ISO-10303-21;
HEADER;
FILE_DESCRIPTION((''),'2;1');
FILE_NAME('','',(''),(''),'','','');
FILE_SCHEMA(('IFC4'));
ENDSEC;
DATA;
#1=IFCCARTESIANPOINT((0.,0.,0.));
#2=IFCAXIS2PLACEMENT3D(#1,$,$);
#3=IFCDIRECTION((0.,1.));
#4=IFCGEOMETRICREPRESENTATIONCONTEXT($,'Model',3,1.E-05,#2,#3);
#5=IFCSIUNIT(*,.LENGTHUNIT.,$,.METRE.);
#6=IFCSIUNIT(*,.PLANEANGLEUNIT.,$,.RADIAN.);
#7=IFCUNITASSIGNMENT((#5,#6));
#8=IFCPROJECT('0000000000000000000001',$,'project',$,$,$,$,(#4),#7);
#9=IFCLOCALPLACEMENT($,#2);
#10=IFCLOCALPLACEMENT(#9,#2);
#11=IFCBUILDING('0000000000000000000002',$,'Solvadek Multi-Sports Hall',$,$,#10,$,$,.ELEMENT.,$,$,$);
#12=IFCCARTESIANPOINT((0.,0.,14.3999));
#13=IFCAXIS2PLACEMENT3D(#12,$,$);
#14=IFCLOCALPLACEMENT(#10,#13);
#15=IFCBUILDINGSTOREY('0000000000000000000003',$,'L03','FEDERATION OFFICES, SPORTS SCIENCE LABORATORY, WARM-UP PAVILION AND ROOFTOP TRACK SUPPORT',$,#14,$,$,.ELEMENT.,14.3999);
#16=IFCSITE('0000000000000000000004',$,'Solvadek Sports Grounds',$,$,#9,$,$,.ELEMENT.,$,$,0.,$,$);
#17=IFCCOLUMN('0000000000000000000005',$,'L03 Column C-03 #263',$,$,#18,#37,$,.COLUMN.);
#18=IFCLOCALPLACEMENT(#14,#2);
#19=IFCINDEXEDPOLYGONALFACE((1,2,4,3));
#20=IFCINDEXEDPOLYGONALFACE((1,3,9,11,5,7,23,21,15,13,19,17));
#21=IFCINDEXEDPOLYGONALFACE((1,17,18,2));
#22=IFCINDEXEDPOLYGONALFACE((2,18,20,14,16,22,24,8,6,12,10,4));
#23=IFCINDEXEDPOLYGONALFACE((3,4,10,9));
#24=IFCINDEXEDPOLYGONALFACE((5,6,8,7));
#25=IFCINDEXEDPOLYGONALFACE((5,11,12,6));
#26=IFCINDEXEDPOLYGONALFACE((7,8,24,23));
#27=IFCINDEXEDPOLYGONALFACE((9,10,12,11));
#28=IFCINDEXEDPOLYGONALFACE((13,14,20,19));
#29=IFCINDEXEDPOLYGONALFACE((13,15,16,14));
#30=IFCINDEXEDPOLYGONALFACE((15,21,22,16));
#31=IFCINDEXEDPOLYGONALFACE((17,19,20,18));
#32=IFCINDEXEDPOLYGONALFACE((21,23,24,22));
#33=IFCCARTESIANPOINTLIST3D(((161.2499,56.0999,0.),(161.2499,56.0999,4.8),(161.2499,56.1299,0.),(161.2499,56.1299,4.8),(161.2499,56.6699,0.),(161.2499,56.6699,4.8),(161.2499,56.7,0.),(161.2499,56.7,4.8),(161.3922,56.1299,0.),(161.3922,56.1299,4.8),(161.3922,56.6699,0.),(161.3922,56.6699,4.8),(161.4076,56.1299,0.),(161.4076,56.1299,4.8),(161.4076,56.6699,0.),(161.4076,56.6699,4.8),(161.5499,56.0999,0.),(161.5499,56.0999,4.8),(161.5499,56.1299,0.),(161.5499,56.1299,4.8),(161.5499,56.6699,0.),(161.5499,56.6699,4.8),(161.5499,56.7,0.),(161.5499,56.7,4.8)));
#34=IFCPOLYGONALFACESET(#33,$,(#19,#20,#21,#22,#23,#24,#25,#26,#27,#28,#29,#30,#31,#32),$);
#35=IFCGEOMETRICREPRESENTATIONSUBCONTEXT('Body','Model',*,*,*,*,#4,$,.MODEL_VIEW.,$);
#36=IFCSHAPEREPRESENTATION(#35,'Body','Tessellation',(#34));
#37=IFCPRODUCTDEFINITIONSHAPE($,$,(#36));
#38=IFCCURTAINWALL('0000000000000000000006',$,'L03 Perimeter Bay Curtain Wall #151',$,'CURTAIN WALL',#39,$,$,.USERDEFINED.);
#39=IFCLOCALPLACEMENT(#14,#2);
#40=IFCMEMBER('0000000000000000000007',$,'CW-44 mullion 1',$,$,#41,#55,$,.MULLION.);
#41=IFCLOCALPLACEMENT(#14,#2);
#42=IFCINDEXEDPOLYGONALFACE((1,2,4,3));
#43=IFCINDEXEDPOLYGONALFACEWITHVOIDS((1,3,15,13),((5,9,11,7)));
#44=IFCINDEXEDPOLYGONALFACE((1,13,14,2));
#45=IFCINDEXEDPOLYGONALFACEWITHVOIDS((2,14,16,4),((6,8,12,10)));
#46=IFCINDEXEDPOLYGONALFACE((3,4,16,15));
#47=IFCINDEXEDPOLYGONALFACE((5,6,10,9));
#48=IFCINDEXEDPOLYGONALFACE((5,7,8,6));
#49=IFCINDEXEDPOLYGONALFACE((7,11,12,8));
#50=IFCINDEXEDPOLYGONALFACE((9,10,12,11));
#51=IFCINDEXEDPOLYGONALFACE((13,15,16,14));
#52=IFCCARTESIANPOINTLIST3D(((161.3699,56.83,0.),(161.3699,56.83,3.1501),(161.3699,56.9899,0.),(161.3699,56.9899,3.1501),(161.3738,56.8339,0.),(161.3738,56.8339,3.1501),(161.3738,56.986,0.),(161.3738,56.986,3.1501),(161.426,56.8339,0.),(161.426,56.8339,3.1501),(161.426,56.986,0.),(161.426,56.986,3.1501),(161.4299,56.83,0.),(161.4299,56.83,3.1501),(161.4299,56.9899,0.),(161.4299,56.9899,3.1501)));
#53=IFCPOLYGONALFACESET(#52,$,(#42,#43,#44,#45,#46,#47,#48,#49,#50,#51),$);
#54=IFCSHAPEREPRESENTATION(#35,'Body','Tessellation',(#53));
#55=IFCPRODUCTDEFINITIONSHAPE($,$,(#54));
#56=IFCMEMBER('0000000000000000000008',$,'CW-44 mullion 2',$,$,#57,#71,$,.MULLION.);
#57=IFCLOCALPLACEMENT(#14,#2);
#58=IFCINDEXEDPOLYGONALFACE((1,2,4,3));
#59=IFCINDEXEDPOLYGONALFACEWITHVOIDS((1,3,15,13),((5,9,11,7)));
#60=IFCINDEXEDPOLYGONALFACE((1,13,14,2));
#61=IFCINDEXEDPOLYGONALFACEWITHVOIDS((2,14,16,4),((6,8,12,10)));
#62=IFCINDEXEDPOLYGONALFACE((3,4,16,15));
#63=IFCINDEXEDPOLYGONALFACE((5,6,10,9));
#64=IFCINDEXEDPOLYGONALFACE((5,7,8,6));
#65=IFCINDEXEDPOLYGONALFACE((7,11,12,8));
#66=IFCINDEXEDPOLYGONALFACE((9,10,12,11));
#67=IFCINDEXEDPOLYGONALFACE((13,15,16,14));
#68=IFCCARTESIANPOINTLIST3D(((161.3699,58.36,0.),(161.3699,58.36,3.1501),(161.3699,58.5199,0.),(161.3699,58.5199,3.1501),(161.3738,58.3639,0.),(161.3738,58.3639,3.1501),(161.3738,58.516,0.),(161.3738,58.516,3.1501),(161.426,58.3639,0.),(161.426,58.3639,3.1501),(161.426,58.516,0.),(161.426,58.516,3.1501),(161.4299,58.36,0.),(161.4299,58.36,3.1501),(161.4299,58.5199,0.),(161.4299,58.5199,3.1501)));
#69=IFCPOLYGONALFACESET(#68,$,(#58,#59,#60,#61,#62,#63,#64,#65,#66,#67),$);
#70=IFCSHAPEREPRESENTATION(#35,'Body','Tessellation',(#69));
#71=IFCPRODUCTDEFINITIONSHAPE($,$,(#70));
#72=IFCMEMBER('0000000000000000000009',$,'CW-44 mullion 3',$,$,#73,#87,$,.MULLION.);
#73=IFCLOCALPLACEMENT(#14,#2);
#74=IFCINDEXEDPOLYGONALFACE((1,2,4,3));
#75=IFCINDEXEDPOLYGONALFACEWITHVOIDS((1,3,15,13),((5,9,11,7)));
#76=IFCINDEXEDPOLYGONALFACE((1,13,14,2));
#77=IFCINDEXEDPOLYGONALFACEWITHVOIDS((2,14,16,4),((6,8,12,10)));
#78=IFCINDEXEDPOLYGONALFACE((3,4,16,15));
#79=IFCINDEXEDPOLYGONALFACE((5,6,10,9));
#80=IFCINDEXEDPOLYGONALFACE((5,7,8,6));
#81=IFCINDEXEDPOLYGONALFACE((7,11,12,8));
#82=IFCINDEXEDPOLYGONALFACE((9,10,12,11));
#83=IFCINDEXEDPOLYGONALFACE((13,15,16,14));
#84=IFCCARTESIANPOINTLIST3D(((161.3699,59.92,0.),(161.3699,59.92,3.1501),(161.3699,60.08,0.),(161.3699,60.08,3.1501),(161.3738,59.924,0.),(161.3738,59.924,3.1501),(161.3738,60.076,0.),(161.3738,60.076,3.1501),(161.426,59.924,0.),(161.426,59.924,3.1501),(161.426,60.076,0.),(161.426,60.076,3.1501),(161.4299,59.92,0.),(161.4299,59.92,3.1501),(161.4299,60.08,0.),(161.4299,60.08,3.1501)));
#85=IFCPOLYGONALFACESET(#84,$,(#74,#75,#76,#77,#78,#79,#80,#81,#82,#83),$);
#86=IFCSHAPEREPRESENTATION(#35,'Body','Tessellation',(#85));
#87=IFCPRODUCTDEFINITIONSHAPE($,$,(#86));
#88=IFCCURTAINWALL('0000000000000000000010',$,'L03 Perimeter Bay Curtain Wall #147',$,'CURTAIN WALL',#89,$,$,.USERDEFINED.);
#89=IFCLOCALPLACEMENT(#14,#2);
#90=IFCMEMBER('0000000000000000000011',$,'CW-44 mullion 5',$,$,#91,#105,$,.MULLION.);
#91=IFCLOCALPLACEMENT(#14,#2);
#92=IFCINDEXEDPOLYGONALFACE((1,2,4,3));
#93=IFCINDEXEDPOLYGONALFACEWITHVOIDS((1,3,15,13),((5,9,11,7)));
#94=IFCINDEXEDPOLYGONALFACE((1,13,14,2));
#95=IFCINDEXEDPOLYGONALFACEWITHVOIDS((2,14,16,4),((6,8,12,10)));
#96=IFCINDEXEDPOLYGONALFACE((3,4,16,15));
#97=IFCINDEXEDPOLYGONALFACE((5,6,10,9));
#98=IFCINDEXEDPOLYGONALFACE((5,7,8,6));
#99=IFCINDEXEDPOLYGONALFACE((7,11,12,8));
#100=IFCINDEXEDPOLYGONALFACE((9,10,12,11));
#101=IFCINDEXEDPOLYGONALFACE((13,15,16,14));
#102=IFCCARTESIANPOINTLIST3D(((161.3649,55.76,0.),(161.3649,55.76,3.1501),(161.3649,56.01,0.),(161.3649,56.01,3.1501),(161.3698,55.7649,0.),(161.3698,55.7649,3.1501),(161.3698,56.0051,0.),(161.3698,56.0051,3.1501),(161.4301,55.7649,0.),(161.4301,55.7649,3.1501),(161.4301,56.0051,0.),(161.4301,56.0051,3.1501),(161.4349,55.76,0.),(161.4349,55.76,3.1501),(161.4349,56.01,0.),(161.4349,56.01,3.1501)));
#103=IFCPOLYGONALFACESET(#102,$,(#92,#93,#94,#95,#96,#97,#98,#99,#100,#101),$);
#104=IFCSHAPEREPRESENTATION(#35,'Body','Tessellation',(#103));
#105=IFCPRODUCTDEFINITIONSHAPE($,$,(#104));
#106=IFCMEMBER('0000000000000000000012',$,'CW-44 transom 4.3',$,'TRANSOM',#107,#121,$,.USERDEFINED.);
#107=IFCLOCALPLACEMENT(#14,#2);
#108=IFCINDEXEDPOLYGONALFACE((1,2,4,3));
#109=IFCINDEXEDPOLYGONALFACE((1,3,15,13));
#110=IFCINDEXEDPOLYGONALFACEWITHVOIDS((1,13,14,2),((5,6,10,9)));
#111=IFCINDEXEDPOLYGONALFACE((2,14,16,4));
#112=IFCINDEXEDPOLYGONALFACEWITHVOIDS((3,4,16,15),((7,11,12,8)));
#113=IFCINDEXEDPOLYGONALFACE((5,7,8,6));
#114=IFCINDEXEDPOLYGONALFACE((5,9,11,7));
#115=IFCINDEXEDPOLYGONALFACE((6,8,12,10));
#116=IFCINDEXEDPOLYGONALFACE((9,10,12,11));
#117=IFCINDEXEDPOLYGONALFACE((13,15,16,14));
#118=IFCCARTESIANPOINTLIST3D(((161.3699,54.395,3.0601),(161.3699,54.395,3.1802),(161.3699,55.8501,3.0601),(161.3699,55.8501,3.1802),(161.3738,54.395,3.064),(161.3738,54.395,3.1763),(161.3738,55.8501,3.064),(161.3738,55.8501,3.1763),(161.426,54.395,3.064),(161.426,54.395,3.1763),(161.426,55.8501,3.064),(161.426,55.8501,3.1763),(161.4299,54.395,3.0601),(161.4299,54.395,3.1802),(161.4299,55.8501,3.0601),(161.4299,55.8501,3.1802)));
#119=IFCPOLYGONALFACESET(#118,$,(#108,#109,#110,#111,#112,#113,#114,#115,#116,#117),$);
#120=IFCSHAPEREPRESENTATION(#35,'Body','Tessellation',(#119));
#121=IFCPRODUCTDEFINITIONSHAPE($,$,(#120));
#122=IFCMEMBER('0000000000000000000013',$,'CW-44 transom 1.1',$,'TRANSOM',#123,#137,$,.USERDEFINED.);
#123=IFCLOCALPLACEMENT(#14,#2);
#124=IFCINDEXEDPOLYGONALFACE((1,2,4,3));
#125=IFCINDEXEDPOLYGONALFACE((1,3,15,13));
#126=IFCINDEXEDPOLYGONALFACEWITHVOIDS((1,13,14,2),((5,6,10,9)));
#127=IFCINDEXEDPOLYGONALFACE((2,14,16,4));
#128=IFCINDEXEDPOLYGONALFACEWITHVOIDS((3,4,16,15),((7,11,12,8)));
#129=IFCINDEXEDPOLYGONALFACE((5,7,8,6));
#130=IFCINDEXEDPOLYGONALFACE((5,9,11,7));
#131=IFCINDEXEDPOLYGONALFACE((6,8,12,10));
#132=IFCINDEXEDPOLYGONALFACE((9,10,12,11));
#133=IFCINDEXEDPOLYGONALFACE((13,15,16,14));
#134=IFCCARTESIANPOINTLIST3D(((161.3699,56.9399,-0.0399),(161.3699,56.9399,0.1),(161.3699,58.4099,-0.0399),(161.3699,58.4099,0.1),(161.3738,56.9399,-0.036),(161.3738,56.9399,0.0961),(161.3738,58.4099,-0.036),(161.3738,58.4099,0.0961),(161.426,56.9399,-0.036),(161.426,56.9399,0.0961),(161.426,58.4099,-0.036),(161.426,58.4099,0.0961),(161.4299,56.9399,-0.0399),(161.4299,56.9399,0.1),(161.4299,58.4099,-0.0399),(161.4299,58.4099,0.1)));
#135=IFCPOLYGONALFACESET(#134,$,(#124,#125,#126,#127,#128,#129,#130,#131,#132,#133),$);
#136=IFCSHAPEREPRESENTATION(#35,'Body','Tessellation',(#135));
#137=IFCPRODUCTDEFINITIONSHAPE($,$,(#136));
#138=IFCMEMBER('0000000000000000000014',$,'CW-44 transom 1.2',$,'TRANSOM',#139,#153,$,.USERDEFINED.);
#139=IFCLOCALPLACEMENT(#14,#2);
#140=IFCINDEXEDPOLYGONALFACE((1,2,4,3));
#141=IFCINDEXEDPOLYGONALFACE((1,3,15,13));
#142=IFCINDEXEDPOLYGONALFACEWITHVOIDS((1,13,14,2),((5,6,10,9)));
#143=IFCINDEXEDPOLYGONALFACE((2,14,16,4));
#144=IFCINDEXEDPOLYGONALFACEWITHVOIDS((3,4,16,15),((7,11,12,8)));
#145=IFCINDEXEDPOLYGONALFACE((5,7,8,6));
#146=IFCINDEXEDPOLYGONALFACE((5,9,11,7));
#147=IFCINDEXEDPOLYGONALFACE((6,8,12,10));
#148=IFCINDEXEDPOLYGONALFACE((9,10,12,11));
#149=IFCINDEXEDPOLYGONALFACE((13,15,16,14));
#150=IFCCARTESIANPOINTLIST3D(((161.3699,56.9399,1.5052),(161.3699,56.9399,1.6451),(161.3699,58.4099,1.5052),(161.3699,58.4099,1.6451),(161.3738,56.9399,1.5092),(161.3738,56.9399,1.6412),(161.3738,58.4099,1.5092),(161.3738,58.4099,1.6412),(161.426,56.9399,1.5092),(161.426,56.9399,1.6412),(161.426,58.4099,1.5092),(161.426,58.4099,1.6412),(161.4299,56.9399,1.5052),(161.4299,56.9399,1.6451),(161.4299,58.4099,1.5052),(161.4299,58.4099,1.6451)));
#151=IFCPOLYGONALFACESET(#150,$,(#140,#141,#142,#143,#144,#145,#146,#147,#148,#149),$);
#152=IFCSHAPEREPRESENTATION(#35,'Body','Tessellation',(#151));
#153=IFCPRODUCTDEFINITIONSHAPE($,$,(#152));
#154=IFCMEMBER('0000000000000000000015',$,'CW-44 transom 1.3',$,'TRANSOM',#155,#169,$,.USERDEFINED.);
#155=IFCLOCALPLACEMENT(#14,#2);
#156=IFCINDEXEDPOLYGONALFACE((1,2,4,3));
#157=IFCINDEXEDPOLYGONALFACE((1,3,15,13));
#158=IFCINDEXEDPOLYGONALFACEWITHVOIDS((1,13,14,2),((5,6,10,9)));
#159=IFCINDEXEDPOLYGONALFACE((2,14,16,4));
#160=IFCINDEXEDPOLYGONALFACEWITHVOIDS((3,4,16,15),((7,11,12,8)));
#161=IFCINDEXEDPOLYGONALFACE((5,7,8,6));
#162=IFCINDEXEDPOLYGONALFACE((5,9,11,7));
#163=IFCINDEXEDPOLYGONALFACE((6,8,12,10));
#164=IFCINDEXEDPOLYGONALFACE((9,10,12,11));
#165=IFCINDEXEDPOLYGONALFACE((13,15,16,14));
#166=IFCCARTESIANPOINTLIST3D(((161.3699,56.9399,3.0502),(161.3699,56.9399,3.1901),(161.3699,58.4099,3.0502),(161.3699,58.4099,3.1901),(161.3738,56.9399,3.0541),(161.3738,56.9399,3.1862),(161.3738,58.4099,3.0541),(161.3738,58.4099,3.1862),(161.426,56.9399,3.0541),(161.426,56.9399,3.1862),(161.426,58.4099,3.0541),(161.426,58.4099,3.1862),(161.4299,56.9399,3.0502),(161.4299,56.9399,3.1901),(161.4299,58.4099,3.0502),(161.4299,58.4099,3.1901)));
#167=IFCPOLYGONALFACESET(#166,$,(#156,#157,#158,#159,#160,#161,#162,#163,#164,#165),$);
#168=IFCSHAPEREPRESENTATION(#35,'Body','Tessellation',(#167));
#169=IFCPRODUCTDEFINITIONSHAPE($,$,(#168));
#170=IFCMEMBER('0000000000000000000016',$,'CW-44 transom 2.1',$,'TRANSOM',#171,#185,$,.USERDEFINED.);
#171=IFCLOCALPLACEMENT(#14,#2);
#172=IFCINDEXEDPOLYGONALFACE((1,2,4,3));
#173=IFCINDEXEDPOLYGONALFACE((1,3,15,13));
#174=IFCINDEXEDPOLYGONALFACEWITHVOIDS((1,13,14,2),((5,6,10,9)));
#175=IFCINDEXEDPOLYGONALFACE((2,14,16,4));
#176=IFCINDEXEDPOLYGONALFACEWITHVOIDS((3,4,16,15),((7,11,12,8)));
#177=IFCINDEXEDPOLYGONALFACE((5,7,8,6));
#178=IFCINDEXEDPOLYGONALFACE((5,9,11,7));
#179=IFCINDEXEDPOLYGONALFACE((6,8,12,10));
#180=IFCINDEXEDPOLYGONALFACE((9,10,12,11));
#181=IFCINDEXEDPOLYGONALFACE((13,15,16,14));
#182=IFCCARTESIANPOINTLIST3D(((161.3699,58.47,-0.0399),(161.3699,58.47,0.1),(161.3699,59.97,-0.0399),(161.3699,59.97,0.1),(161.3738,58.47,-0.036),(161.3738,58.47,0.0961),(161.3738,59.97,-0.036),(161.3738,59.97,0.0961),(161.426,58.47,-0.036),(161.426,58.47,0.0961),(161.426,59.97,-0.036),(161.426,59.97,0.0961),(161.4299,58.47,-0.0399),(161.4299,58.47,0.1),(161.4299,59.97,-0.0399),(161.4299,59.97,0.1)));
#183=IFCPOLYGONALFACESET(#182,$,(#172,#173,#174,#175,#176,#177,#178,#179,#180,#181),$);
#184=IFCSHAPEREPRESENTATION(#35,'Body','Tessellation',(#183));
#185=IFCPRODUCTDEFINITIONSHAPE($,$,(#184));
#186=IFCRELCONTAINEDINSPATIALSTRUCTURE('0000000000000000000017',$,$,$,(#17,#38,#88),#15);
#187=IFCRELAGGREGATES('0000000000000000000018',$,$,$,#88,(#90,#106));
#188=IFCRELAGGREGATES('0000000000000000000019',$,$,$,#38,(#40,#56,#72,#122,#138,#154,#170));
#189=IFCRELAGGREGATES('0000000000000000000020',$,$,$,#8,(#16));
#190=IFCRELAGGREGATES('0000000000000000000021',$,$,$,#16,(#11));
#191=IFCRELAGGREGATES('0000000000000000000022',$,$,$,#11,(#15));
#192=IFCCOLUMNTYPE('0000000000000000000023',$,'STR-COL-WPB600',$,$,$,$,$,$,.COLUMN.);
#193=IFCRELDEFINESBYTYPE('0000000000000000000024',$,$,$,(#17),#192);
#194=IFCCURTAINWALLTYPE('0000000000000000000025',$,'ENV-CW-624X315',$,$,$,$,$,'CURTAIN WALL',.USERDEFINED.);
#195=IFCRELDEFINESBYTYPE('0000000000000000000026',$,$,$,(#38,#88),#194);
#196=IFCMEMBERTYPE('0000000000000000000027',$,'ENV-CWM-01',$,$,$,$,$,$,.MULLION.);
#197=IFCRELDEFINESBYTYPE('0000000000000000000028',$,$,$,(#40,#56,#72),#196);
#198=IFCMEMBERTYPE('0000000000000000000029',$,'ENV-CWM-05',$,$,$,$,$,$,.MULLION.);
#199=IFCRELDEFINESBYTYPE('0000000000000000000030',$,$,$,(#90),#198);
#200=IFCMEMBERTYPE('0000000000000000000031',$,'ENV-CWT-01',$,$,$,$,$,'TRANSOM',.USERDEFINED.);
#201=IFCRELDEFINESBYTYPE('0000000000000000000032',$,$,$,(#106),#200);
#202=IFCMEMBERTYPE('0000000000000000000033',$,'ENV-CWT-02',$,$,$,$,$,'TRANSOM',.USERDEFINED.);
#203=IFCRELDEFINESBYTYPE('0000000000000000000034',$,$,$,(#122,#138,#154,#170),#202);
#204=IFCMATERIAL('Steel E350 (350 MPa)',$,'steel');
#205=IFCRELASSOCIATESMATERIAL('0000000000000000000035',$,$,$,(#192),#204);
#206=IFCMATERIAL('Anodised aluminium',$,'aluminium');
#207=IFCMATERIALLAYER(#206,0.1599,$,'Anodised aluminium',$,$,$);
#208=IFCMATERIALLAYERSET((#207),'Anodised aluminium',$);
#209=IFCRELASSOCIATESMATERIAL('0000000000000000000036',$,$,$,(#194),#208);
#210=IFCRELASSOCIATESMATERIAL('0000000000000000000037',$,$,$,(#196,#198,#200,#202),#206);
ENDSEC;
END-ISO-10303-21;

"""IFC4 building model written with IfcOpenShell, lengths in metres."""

from ifc_helpers import new_model, si_unit, direction, frame, origin, origin_2d, place, context, subcontext, project, spatial, hollow_rectangle, i_section, extrude, material, layer, layer_set, material_profile, profile_set, type_object, element, aggregate, save


model = new_model("IFC4")

# Units and contexts
model_context = context("Model", 3, precision=1e-05, world=origin(), true_north=direction((0.0, 1.0)))
body_context = subcontext(model_context, "Body", "Model", "MODEL_VIEW")
ifc_project = project(units=[si_unit("LENGTHUNIT", "METRE"), si_unit("PLANEANGLEUNIT", "RADIAN")], contexts=[model_context])

# Site, building, storey
site_placement = place(None, origin())
site = spatial("IfcSite", under=ifc_project, at=site_placement, Name="Solvadek Sports Grounds", CompositionType="ELEMENT", RefElevation=0.0)
building_placement = place(site_placement, origin())
building = spatial("IfcBuilding", under=site, at=building_placement, Name="Solvadek Multi-Sports Hall", CompositionType="ELEMENT")
storey_placement = place(building_placement, frame((0.0, 0.0, 14.3999)))
storey = spatial("IfcBuildingStorey", under=building, at=storey_placement, Name="L03", Description="FEDERATION OFFICES, SPORTS SCIENCE LABORATORY, WARM-UP PAVILION AND ROOFTOP TRACK SUPPORT", CompositionType="ELEMENT", Elevation=14.3999)

# Column
ifc_material_1 = material(Name="Steel E350 (350 MPa)", Category="steel")
ifc_material_profile_1 = material_profile(ifc_material_1, i_section(OverallWidth=0.3, OverallDepth=0.6001, WebThickness=0.0154, FlangeThickness=0.03, at=origin_2d()), Name="WPB 600")
ifc_profile_set_1 = profile_set([ifc_material_profile_1], Name="Steel E350 (350 MPa)")
column_type = type_object("IfcColumnType", Name="STR-COL-WPB600", PredefinedType="COLUMN", material=ifc_profile_set_1)
column_placement = place(storey_placement, frame((161.3999, 56.3999, 0.0), z_axis=(0.0, 0.0, 1.0), x_axis=(1.0, 0.0, 0.0)))
element("IfcColumn", 1, at=column_placement, inside=storey, type_object=column_type, Name="L03 Column C-03 #263", PredefinedType="COLUMN", context=body_context, shape_type="SweptSolid", body=[
    extrude(i_section(OverallWidth=0.3, OverallDepth=0.6001, WebThickness=0.0154, FlangeThickness=0.03, at=origin_2d()), origin(), (0.0, 0.0, 1.0), 4.8),
])

# Curtain walls, members
ifc_material_2 = material(Name="Anodised aluminium", Category="aluminium")
ifc_layer_1 = layer(ifc_material_2, 0.1599, Name="Anodised aluminium")
ifc_layer_set_1 = layer_set([ifc_layer_1], Name="Anodised aluminium")
curtain_wall_type = type_object("IfcCurtainWallType", Name="ENV-CW-624X315", ElementType="CURTAIN WALL", PredefinedType="USERDEFINED", material=ifc_layer_set_1)
curtain_wall_1_placement = place(storey_placement, origin())
curtain_wall_1 = element("IfcCurtainWall", 2, at=curtain_wall_1_placement, inside=storey, type_object=curtain_wall_type, Name="L03 Perimeter Bay Curtain Wall #151", ObjectType="CURTAIN WALL", PredefinedType="USERDEFINED")
ifc_material_profile_2 = material_profile(ifc_material_2, hollow_rectangle(XDim=0.0601, YDim=0.1599, WallThickness=0.0039, at=origin_2d()), Name="ALU-M 160x60x4")
ifc_profile_set_2 = profile_set([ifc_material_profile_2], Name="Anodised aluminium")
member_type_1 = type_object("IfcMemberType", Name="ENV-CWM-01", PredefinedType="MULLION", material=ifc_profile_set_2)
member_1_placement = place(storey_placement, frame((161.3999, 56.9099, 0.0), z_axis=(0.0, 0.0, 1.0), x_axis=(-1.0, 0.0, 0.0)))
member_1 = element("IfcMember", 3, at=member_1_placement, type_object=member_type_1, Name="CW-44 mullion 1", PredefinedType="MULLION", context=body_context, shape_type="SweptSolid", body=[
    extrude(hollow_rectangle(XDim=0.0601, YDim=0.1599, WallThickness=0.0039, at=origin_2d()), origin(), (0.0, 0.0, 1.0), 3.1501),
])
member_2_placement = place(storey_placement, frame((161.3999, 58.4399, 0.0), z_axis=(0.0, 0.0, 1.0), x_axis=(-1.0, 0.0, 0.0)))
member_2 = element("IfcMember", 4, at=member_2_placement, type_object=member_type_1, Name="CW-44 mullion 2", PredefinedType="MULLION", context=body_context, shape_type="SweptSolid", body=[
    extrude(hollow_rectangle(XDim=0.0601, YDim=0.1599, WallThickness=0.0039, at=origin_2d()), origin(), (0.0, 0.0, 1.0), 3.1501),
])
member_3_placement = place(storey_placement, frame((161.3999, 60.0, 0.0), z_axis=(0.0, 0.0, 1.0), x_axis=(-1.0, 0.0, 0.0)))
member_3 = element("IfcMember", 5, at=member_3_placement, type_object=member_type_1, Name="CW-44 mullion 3", PredefinedType="MULLION", context=body_context, shape_type="SweptSolid", body=[
    extrude(hollow_rectangle(XDim=0.0601, YDim=0.1599, WallThickness=0.0039, at=origin_2d()), origin(), (0.0, 0.0, 1.0), 3.1501),
])
curtain_wall_2_placement = place(storey_placement, origin())
curtain_wall_2 = element("IfcCurtainWall", 6, at=curtain_wall_2_placement, inside=storey, type_object=curtain_wall_type, Name="L03 Perimeter Bay Curtain Wall #147", ObjectType="CURTAIN WALL", PredefinedType="USERDEFINED")
ifc_material_profile_3 = material_profile(ifc_material_2, hollow_rectangle(XDim=0.0701, YDim=0.25, WallThickness=0.0049, at=origin_2d()), Name="ALU-M 250x70x5")
ifc_profile_set_3 = profile_set([ifc_material_profile_3], Name="Anodised aluminium")
member_type_2 = type_object("IfcMemberType", Name="ENV-CWM-05", PredefinedType="MULLION", material=ifc_profile_set_3)
member_4_placement = place(storey_placement, frame((161.3999, 55.885, 0.0), z_axis=(0.0, 0.0, 1.0), x_axis=(-1.0, 0.0, 0.0)))
member_4 = element("IfcMember", 7, at=member_4_placement, type_object=member_type_2, Name="CW-44 mullion 5", PredefinedType="MULLION", context=body_context, shape_type="SweptSolid", body=[
    extrude(hollow_rectangle(XDim=0.0701, YDim=0.25, WallThickness=0.0049, at=origin_2d()), origin(), (0.0, 0.0, 1.0), 3.1501),
])
ifc_material_profile_4 = material_profile(ifc_material_2, hollow_rectangle(XDim=0.0601, YDim=0.1201, WallThickness=0.0039, at=origin_2d()), Name="ALU-T 120x60x4")
ifc_profile_set_4 = profile_set([ifc_material_profile_4], Name="Anodised aluminium")
member_type_3 = type_object("IfcMemberType", Name="ENV-CWT-01", ElementType="TRANSOM", PredefinedType="USERDEFINED", material=ifc_profile_set_4)
member_5_placement = place(storey_placement, frame((161.3999, 54.395, 3.1201), z_axis=(0.0, 1.0, 0.0), x_axis=(-1.0, 0.0, 0.0)))
member_5 = element("IfcMember", 8, at=member_5_placement, type_object=member_type_3, Name="CW-44 transom 4.3", ObjectType="TRANSOM", PredefinedType="USERDEFINED", context=body_context, shape_type="SweptSolid", body=[
    extrude(hollow_rectangle(XDim=0.0601, YDim=0.1201, WallThickness=0.0039, at=origin_2d()), origin(), (0.0, 0.0, 1.0), 1.4551),
])

# Members
ifc_material_profile_5 = material_profile(ifc_material_2, hollow_rectangle(XDim=0.0601, YDim=0.1399, WallThickness=0.0039, at=origin_2d()), Name="ALU-T 140x60x4")
ifc_profile_set_5 = profile_set([ifc_material_profile_5], Name="Anodised aluminium")
member_type_4 = type_object("IfcMemberType", Name="ENV-CWT-02", ElementType="TRANSOM", PredefinedType="USERDEFINED", material=ifc_profile_set_5)
member_6_placement = place(storey_placement, frame((161.3999, 56.9399, 0.03), z_axis=(0.0, 1.0, 0.0), x_axis=(-1.0, 0.0, 0.0)))
member_6 = element("IfcMember", 9, at=member_6_placement, type_object=member_type_4, Name="CW-44 transom 1.1", ObjectType="TRANSOM", PredefinedType="USERDEFINED", context=body_context, shape_type="SweptSolid", body=[
    extrude(hollow_rectangle(XDim=0.0601, YDim=0.1399, WallThickness=0.0039, at=origin_2d()), origin(), (0.0, 0.0, 1.0), 1.47),
])
member_7_placement = place(storey_placement, frame((161.3999, 56.9399, 1.5752), z_axis=(0.0, 1.0, 0.0), x_axis=(-1.0, 0.0, 0.0)))
member_7 = element("IfcMember", 10, at=member_7_placement, type_object=member_type_4, Name="CW-44 transom 1.2", ObjectType="TRANSOM", PredefinedType="USERDEFINED", context=body_context, shape_type="SweptSolid", body=[
    extrude(hollow_rectangle(XDim=0.0601, YDim=0.1399, WallThickness=0.0039, at=origin_2d()), origin(), (0.0, 0.0, 1.0), 1.47),
])
member_8_placement = place(storey_placement, frame((161.3999, 56.9399, 3.1201), z_axis=(0.0, 1.0, 0.0), x_axis=(-1.0, 0.0, 0.0)))
member_8 = element("IfcMember", 11, at=member_8_placement, type_object=member_type_4, Name="CW-44 transom 1.3", ObjectType="TRANSOM", PredefinedType="USERDEFINED", context=body_context, shape_type="SweptSolid", body=[
    extrude(hollow_rectangle(XDim=0.0601, YDim=0.1399, WallThickness=0.0039, at=origin_2d()), origin(), (0.0, 0.0, 1.0), 1.47),
])
member_9_placement = place(storey_placement, frame((161.3999, 58.47, 0.03), z_axis=(0.0, 1.0, 0.0), x_axis=(-1.0, 0.0, 0.0)))
member_9 = element("IfcMember", 12, at=member_9_placement, type_object=member_type_4, Name="CW-44 transom 2.1", ObjectType="TRANSOM", PredefinedType="USERDEFINED", context=body_context, shape_type="SweptSolid", body=[
    extrude(hollow_rectangle(XDim=0.0601, YDim=0.1399, WallThickness=0.0039, at=origin_2d()), origin(), (0.0, 0.0, 1.0), 1.5),
])

aggregate(curtain_wall_2, [member_4, member_5])
aggregate(curtain_wall_1, [member_1, member_2, member_3, member_6, member_7, member_8, member_9])

save(model, "model.ifc")
